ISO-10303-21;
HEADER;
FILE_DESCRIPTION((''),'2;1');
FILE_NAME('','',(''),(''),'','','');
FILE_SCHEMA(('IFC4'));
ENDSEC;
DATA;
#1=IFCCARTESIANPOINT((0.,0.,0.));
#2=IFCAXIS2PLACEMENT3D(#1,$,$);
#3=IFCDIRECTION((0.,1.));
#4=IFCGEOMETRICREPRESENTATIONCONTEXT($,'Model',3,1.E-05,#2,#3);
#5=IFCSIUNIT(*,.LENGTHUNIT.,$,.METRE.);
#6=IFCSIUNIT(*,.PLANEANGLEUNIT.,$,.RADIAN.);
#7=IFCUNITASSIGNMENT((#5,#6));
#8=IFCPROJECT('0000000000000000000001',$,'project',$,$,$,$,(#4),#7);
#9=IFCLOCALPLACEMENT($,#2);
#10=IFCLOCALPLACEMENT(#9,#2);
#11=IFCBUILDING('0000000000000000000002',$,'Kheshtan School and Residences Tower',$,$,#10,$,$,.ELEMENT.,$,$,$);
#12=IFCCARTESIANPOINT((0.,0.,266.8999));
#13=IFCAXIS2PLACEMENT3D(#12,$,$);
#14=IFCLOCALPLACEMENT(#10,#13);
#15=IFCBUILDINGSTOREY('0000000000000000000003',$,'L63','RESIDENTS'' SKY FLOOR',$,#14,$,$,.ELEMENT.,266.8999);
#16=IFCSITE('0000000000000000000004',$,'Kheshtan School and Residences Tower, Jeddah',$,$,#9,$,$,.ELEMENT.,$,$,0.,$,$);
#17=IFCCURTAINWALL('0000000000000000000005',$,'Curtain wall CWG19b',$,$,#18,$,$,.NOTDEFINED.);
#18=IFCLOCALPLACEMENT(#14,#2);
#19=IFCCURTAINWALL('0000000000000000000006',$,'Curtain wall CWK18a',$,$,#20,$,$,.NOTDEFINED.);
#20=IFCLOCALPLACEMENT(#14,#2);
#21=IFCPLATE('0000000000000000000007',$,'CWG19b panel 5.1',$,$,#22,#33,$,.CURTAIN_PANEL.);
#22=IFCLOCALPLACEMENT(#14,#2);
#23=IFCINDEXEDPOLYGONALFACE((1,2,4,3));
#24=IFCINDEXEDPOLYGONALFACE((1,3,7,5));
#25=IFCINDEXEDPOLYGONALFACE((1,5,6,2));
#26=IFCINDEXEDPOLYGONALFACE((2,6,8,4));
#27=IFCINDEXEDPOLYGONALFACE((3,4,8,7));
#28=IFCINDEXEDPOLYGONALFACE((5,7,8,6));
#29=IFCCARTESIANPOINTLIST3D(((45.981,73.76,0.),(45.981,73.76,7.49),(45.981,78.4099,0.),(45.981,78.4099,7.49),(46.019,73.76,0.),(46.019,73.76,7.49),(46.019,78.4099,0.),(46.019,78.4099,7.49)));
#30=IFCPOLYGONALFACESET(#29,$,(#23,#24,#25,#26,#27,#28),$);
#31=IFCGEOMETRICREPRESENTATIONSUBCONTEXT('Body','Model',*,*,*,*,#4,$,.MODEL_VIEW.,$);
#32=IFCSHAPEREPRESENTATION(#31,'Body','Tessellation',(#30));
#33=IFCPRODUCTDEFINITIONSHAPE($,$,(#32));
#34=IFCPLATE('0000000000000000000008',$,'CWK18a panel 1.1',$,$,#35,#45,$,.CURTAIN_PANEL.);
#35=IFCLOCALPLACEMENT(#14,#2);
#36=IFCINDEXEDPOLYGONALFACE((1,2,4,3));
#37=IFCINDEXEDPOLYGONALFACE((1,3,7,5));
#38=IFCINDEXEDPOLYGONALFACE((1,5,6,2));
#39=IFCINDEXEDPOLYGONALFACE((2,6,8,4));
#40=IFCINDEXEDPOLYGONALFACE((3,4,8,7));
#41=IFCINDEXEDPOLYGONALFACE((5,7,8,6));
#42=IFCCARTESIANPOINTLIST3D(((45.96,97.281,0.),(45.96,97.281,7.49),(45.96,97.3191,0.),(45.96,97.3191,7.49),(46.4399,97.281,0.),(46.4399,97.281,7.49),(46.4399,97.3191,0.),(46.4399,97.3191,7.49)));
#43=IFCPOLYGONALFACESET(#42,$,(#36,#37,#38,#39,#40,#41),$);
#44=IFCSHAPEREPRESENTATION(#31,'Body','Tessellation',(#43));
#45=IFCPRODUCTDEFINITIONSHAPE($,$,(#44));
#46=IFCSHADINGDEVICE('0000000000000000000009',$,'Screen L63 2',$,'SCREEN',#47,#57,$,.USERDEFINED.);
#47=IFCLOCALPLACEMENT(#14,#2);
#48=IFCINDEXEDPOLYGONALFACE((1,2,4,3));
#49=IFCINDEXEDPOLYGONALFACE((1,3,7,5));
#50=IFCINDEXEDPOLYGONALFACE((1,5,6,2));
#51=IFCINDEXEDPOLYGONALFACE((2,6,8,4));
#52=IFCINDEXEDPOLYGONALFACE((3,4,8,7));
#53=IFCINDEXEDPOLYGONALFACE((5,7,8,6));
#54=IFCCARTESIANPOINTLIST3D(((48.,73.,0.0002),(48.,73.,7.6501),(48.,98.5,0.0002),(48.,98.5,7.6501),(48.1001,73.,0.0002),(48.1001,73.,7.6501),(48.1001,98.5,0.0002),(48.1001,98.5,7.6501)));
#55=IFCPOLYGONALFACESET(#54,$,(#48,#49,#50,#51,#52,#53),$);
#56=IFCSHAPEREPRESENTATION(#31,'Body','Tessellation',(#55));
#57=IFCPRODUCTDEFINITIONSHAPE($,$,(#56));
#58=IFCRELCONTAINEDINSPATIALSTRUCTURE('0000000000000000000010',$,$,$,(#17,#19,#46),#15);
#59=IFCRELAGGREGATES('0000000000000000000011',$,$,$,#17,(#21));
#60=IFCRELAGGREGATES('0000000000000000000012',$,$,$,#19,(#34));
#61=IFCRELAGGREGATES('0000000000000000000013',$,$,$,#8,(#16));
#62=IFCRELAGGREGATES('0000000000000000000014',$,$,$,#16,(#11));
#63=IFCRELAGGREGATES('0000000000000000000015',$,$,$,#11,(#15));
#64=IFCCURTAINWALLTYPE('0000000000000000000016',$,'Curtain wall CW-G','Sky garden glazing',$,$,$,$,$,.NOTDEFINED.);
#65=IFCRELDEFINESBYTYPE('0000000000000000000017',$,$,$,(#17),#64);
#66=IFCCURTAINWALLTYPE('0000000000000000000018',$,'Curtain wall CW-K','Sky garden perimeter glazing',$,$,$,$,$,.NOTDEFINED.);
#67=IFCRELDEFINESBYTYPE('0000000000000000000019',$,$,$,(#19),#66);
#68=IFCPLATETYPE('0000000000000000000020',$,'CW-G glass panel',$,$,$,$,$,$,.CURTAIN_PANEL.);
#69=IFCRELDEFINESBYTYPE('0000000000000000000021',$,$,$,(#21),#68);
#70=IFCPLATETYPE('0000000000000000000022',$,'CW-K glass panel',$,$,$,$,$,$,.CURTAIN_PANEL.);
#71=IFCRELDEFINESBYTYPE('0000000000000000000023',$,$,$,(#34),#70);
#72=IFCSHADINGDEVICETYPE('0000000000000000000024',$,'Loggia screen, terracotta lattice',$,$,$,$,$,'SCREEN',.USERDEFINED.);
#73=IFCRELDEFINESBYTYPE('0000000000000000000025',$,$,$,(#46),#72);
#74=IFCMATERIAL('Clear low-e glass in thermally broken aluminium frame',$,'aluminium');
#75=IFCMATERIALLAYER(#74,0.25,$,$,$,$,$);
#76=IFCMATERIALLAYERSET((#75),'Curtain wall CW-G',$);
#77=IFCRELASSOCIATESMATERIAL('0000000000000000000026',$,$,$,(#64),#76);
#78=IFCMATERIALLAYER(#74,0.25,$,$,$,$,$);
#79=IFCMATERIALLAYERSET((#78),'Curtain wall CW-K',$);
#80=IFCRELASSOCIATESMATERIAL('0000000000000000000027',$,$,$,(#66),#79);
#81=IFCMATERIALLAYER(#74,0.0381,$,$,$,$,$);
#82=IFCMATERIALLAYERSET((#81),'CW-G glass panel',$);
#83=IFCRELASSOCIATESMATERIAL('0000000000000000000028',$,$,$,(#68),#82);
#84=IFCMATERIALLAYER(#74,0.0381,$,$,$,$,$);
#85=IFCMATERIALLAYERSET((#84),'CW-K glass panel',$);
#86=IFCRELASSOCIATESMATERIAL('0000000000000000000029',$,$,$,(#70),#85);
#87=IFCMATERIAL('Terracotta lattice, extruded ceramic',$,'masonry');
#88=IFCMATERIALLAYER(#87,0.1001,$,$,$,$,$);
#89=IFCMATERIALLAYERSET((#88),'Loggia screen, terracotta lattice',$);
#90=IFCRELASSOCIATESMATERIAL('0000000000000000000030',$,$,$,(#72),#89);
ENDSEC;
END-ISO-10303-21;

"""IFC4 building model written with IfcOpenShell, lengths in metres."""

from ifc_helpers import new_model, si_unit, direction, frame, origin, origin_2d, place, context, subcontext, project, spatial, rectangle, extrude, material, layer, layer_set, type_object, element, aggregate, save


model = new_model("IFC4")

# Units and contexts
model_context = context("Model", 3, precision=1e-05, world=origin(), true_north=direction((0.0, 1.0)))
body_context = subcontext(model_context, "Body", "Model", "MODEL_VIEW")
ifc_project = project(units=[si_unit("LENGTHUNIT", "METRE"), si_unit("PLANEANGLEUNIT", "RADIAN")], contexts=[model_context])

# Site, building, storey
site_placement = place(None, origin())
site = spatial("IfcSite", under=ifc_project, at=site_placement, Name="Kheshtan School and Residences Tower, Jeddah", CompositionType="ELEMENT", RefElevation=0.0)
building_placement = place(site_placement, origin())
building = spatial("IfcBuilding", under=site, at=building_placement, Name="Kheshtan School and Residences Tower", CompositionType="ELEMENT")
storey_placement = place(building_placement, frame((0.0, 0.0, 266.8999)))
storey = spatial("IfcBuildingStorey", under=building, at=storey_placement, Name="L63", Description="RESIDENTS' SKY FLOOR", CompositionType="ELEMENT", Elevation=266.8999)

# Curtain wall
ifc_material_1 = material(Name="Clear low-e glass in thermally broken aluminium frame", Category="aluminium")
ifc_layer_1 = layer(ifc_material_1, 0.25)
ifc_layer_set_1 = layer_set([ifc_layer_1], Name="Curtain wall CW-G")
curtain_wall_type_1 = type_object("IfcCurtainWallType", Name="Curtain wall CW-G", Description="Sky garden glazing", PredefinedType="NOTDEFINED", material=ifc_layer_set_1)
curtain_wall_1_placement = place(storey_placement, origin())
curtain_wall_1 = element("IfcCurtainWall", 1, at=curtain_wall_1_placement, inside=storey, type_object=curtain_wall_type_1, Name="Curtain wall CWG19b", PredefinedType="NOTDEFINED")

# Curtain wall
ifc_layer_2 = layer(ifc_material_1, 0.25)
ifc_layer_set_2 = layer_set([ifc_layer_2], Name="Curtain wall CW-K")
curtain_wall_type_2 = type_object("IfcCurtainWallType", Name="Curtain wall CW-K", Description="Sky garden perimeter glazing", PredefinedType="NOTDEFINED", material=ifc_layer_set_2)
curtain_wall_2_placement = place(storey_placement, origin())
curtain_wall_2 = element("IfcCurtainWall", 2, at=curtain_wall_2_placement, inside=storey, type_object=curtain_wall_type_2, Name="Curtain wall CWK18a", PredefinedType="NOTDEFINED")

# Plates
ifc_layer_3 = layer(ifc_material_1, 0.0381)
ifc_layer_set_3 = layer_set([ifc_layer_3], Name="CW-G glass panel")
plate_type_1 = type_object("IfcPlateType", Name="CW-G glass panel", PredefinedType="CURTAIN_PANEL", material=ifc_layer_set_3)
plate_1_placement = place(storey_placement, frame((46.0, 76.085, 0.0), z_axis=(0.0, 0.0, 1.0), x_axis=(0.0, -1.0, 0.0)))
plate_1 = element("IfcPlate", 3, at=plate_1_placement, type_object=plate_type_1, Name="CWG19b panel 5.1", PredefinedType="CURTAIN_PANEL", context=body_context, shape_type="SweptSolid", body=[
    extrude(rectangle(XDim=4.6499, YDim=0.0381, at=origin_2d()), origin(), (0.0, 0.0, 1.0), 7.49),
])
aggregate(curtain_wall_1, [plate_1])
ifc_layer_4 = layer(ifc_material_1, 0.0381)
ifc_layer_set_4 = layer_set([ifc_layer_4], Name="CW-K glass panel")
plate_type_2 = type_object("IfcPlateType", Name="CW-K glass panel", PredefinedType="CURTAIN_PANEL", material=ifc_layer_set_4)
plate_2_placement = place(storey_placement, frame((46.2, 97.3, 0.0), z_axis=(0.0, 0.0, 1.0), x_axis=(-1.0, 0.0, 0.0)))
plate_2 = element("IfcPlate", 4, at=plate_2_placement, type_object=plate_type_2, Name="CWK18a panel 1.1", PredefinedType="CURTAIN_PANEL", context=body_context, shape_type="SweptSolid", body=[
    extrude(rectangle(XDim=0.48, YDim=0.0381, at=origin_2d()), origin(), (0.0, 0.0, 1.0), 7.49),
])
aggregate(curtain_wall_2, [plate_2])

# Shading device
ifc_material_2 = material(Name="Terracotta lattice, extruded ceramic", Category="masonry")
ifc_layer_5 = layer(ifc_material_2, 0.1001)
ifc_layer_set_5 = layer_set([ifc_layer_5], Name="Loggia screen, terracotta lattice")
shading_device_type = type_object("IfcShadingDeviceType", Name="Loggia screen, terracotta lattice", ElementType="SCREEN", PredefinedType="USERDEFINED", material=ifc_layer_set_5)
shading_device_placement = place(storey_placement, frame((48.05, 85.75, 0.0002), z_axis=(0.0, 0.0, 1.0), x_axis=(0.0, -1.0, 0.0)))
element("IfcShadingDevice", 5, at=shading_device_placement, inside=storey, type_object=shading_device_type, Name="Screen L63 2", ObjectType="SCREEN", PredefinedType="USERDEFINED", context=body_context, shape_type="SweptSolid", body=[
    extrude(rectangle(XDim=25.5, YDim=0.1001, at=origin_2d()), origin(), (0.0, 0.0, 1.0), 7.6499),
])

save(model, "model.ifc")
